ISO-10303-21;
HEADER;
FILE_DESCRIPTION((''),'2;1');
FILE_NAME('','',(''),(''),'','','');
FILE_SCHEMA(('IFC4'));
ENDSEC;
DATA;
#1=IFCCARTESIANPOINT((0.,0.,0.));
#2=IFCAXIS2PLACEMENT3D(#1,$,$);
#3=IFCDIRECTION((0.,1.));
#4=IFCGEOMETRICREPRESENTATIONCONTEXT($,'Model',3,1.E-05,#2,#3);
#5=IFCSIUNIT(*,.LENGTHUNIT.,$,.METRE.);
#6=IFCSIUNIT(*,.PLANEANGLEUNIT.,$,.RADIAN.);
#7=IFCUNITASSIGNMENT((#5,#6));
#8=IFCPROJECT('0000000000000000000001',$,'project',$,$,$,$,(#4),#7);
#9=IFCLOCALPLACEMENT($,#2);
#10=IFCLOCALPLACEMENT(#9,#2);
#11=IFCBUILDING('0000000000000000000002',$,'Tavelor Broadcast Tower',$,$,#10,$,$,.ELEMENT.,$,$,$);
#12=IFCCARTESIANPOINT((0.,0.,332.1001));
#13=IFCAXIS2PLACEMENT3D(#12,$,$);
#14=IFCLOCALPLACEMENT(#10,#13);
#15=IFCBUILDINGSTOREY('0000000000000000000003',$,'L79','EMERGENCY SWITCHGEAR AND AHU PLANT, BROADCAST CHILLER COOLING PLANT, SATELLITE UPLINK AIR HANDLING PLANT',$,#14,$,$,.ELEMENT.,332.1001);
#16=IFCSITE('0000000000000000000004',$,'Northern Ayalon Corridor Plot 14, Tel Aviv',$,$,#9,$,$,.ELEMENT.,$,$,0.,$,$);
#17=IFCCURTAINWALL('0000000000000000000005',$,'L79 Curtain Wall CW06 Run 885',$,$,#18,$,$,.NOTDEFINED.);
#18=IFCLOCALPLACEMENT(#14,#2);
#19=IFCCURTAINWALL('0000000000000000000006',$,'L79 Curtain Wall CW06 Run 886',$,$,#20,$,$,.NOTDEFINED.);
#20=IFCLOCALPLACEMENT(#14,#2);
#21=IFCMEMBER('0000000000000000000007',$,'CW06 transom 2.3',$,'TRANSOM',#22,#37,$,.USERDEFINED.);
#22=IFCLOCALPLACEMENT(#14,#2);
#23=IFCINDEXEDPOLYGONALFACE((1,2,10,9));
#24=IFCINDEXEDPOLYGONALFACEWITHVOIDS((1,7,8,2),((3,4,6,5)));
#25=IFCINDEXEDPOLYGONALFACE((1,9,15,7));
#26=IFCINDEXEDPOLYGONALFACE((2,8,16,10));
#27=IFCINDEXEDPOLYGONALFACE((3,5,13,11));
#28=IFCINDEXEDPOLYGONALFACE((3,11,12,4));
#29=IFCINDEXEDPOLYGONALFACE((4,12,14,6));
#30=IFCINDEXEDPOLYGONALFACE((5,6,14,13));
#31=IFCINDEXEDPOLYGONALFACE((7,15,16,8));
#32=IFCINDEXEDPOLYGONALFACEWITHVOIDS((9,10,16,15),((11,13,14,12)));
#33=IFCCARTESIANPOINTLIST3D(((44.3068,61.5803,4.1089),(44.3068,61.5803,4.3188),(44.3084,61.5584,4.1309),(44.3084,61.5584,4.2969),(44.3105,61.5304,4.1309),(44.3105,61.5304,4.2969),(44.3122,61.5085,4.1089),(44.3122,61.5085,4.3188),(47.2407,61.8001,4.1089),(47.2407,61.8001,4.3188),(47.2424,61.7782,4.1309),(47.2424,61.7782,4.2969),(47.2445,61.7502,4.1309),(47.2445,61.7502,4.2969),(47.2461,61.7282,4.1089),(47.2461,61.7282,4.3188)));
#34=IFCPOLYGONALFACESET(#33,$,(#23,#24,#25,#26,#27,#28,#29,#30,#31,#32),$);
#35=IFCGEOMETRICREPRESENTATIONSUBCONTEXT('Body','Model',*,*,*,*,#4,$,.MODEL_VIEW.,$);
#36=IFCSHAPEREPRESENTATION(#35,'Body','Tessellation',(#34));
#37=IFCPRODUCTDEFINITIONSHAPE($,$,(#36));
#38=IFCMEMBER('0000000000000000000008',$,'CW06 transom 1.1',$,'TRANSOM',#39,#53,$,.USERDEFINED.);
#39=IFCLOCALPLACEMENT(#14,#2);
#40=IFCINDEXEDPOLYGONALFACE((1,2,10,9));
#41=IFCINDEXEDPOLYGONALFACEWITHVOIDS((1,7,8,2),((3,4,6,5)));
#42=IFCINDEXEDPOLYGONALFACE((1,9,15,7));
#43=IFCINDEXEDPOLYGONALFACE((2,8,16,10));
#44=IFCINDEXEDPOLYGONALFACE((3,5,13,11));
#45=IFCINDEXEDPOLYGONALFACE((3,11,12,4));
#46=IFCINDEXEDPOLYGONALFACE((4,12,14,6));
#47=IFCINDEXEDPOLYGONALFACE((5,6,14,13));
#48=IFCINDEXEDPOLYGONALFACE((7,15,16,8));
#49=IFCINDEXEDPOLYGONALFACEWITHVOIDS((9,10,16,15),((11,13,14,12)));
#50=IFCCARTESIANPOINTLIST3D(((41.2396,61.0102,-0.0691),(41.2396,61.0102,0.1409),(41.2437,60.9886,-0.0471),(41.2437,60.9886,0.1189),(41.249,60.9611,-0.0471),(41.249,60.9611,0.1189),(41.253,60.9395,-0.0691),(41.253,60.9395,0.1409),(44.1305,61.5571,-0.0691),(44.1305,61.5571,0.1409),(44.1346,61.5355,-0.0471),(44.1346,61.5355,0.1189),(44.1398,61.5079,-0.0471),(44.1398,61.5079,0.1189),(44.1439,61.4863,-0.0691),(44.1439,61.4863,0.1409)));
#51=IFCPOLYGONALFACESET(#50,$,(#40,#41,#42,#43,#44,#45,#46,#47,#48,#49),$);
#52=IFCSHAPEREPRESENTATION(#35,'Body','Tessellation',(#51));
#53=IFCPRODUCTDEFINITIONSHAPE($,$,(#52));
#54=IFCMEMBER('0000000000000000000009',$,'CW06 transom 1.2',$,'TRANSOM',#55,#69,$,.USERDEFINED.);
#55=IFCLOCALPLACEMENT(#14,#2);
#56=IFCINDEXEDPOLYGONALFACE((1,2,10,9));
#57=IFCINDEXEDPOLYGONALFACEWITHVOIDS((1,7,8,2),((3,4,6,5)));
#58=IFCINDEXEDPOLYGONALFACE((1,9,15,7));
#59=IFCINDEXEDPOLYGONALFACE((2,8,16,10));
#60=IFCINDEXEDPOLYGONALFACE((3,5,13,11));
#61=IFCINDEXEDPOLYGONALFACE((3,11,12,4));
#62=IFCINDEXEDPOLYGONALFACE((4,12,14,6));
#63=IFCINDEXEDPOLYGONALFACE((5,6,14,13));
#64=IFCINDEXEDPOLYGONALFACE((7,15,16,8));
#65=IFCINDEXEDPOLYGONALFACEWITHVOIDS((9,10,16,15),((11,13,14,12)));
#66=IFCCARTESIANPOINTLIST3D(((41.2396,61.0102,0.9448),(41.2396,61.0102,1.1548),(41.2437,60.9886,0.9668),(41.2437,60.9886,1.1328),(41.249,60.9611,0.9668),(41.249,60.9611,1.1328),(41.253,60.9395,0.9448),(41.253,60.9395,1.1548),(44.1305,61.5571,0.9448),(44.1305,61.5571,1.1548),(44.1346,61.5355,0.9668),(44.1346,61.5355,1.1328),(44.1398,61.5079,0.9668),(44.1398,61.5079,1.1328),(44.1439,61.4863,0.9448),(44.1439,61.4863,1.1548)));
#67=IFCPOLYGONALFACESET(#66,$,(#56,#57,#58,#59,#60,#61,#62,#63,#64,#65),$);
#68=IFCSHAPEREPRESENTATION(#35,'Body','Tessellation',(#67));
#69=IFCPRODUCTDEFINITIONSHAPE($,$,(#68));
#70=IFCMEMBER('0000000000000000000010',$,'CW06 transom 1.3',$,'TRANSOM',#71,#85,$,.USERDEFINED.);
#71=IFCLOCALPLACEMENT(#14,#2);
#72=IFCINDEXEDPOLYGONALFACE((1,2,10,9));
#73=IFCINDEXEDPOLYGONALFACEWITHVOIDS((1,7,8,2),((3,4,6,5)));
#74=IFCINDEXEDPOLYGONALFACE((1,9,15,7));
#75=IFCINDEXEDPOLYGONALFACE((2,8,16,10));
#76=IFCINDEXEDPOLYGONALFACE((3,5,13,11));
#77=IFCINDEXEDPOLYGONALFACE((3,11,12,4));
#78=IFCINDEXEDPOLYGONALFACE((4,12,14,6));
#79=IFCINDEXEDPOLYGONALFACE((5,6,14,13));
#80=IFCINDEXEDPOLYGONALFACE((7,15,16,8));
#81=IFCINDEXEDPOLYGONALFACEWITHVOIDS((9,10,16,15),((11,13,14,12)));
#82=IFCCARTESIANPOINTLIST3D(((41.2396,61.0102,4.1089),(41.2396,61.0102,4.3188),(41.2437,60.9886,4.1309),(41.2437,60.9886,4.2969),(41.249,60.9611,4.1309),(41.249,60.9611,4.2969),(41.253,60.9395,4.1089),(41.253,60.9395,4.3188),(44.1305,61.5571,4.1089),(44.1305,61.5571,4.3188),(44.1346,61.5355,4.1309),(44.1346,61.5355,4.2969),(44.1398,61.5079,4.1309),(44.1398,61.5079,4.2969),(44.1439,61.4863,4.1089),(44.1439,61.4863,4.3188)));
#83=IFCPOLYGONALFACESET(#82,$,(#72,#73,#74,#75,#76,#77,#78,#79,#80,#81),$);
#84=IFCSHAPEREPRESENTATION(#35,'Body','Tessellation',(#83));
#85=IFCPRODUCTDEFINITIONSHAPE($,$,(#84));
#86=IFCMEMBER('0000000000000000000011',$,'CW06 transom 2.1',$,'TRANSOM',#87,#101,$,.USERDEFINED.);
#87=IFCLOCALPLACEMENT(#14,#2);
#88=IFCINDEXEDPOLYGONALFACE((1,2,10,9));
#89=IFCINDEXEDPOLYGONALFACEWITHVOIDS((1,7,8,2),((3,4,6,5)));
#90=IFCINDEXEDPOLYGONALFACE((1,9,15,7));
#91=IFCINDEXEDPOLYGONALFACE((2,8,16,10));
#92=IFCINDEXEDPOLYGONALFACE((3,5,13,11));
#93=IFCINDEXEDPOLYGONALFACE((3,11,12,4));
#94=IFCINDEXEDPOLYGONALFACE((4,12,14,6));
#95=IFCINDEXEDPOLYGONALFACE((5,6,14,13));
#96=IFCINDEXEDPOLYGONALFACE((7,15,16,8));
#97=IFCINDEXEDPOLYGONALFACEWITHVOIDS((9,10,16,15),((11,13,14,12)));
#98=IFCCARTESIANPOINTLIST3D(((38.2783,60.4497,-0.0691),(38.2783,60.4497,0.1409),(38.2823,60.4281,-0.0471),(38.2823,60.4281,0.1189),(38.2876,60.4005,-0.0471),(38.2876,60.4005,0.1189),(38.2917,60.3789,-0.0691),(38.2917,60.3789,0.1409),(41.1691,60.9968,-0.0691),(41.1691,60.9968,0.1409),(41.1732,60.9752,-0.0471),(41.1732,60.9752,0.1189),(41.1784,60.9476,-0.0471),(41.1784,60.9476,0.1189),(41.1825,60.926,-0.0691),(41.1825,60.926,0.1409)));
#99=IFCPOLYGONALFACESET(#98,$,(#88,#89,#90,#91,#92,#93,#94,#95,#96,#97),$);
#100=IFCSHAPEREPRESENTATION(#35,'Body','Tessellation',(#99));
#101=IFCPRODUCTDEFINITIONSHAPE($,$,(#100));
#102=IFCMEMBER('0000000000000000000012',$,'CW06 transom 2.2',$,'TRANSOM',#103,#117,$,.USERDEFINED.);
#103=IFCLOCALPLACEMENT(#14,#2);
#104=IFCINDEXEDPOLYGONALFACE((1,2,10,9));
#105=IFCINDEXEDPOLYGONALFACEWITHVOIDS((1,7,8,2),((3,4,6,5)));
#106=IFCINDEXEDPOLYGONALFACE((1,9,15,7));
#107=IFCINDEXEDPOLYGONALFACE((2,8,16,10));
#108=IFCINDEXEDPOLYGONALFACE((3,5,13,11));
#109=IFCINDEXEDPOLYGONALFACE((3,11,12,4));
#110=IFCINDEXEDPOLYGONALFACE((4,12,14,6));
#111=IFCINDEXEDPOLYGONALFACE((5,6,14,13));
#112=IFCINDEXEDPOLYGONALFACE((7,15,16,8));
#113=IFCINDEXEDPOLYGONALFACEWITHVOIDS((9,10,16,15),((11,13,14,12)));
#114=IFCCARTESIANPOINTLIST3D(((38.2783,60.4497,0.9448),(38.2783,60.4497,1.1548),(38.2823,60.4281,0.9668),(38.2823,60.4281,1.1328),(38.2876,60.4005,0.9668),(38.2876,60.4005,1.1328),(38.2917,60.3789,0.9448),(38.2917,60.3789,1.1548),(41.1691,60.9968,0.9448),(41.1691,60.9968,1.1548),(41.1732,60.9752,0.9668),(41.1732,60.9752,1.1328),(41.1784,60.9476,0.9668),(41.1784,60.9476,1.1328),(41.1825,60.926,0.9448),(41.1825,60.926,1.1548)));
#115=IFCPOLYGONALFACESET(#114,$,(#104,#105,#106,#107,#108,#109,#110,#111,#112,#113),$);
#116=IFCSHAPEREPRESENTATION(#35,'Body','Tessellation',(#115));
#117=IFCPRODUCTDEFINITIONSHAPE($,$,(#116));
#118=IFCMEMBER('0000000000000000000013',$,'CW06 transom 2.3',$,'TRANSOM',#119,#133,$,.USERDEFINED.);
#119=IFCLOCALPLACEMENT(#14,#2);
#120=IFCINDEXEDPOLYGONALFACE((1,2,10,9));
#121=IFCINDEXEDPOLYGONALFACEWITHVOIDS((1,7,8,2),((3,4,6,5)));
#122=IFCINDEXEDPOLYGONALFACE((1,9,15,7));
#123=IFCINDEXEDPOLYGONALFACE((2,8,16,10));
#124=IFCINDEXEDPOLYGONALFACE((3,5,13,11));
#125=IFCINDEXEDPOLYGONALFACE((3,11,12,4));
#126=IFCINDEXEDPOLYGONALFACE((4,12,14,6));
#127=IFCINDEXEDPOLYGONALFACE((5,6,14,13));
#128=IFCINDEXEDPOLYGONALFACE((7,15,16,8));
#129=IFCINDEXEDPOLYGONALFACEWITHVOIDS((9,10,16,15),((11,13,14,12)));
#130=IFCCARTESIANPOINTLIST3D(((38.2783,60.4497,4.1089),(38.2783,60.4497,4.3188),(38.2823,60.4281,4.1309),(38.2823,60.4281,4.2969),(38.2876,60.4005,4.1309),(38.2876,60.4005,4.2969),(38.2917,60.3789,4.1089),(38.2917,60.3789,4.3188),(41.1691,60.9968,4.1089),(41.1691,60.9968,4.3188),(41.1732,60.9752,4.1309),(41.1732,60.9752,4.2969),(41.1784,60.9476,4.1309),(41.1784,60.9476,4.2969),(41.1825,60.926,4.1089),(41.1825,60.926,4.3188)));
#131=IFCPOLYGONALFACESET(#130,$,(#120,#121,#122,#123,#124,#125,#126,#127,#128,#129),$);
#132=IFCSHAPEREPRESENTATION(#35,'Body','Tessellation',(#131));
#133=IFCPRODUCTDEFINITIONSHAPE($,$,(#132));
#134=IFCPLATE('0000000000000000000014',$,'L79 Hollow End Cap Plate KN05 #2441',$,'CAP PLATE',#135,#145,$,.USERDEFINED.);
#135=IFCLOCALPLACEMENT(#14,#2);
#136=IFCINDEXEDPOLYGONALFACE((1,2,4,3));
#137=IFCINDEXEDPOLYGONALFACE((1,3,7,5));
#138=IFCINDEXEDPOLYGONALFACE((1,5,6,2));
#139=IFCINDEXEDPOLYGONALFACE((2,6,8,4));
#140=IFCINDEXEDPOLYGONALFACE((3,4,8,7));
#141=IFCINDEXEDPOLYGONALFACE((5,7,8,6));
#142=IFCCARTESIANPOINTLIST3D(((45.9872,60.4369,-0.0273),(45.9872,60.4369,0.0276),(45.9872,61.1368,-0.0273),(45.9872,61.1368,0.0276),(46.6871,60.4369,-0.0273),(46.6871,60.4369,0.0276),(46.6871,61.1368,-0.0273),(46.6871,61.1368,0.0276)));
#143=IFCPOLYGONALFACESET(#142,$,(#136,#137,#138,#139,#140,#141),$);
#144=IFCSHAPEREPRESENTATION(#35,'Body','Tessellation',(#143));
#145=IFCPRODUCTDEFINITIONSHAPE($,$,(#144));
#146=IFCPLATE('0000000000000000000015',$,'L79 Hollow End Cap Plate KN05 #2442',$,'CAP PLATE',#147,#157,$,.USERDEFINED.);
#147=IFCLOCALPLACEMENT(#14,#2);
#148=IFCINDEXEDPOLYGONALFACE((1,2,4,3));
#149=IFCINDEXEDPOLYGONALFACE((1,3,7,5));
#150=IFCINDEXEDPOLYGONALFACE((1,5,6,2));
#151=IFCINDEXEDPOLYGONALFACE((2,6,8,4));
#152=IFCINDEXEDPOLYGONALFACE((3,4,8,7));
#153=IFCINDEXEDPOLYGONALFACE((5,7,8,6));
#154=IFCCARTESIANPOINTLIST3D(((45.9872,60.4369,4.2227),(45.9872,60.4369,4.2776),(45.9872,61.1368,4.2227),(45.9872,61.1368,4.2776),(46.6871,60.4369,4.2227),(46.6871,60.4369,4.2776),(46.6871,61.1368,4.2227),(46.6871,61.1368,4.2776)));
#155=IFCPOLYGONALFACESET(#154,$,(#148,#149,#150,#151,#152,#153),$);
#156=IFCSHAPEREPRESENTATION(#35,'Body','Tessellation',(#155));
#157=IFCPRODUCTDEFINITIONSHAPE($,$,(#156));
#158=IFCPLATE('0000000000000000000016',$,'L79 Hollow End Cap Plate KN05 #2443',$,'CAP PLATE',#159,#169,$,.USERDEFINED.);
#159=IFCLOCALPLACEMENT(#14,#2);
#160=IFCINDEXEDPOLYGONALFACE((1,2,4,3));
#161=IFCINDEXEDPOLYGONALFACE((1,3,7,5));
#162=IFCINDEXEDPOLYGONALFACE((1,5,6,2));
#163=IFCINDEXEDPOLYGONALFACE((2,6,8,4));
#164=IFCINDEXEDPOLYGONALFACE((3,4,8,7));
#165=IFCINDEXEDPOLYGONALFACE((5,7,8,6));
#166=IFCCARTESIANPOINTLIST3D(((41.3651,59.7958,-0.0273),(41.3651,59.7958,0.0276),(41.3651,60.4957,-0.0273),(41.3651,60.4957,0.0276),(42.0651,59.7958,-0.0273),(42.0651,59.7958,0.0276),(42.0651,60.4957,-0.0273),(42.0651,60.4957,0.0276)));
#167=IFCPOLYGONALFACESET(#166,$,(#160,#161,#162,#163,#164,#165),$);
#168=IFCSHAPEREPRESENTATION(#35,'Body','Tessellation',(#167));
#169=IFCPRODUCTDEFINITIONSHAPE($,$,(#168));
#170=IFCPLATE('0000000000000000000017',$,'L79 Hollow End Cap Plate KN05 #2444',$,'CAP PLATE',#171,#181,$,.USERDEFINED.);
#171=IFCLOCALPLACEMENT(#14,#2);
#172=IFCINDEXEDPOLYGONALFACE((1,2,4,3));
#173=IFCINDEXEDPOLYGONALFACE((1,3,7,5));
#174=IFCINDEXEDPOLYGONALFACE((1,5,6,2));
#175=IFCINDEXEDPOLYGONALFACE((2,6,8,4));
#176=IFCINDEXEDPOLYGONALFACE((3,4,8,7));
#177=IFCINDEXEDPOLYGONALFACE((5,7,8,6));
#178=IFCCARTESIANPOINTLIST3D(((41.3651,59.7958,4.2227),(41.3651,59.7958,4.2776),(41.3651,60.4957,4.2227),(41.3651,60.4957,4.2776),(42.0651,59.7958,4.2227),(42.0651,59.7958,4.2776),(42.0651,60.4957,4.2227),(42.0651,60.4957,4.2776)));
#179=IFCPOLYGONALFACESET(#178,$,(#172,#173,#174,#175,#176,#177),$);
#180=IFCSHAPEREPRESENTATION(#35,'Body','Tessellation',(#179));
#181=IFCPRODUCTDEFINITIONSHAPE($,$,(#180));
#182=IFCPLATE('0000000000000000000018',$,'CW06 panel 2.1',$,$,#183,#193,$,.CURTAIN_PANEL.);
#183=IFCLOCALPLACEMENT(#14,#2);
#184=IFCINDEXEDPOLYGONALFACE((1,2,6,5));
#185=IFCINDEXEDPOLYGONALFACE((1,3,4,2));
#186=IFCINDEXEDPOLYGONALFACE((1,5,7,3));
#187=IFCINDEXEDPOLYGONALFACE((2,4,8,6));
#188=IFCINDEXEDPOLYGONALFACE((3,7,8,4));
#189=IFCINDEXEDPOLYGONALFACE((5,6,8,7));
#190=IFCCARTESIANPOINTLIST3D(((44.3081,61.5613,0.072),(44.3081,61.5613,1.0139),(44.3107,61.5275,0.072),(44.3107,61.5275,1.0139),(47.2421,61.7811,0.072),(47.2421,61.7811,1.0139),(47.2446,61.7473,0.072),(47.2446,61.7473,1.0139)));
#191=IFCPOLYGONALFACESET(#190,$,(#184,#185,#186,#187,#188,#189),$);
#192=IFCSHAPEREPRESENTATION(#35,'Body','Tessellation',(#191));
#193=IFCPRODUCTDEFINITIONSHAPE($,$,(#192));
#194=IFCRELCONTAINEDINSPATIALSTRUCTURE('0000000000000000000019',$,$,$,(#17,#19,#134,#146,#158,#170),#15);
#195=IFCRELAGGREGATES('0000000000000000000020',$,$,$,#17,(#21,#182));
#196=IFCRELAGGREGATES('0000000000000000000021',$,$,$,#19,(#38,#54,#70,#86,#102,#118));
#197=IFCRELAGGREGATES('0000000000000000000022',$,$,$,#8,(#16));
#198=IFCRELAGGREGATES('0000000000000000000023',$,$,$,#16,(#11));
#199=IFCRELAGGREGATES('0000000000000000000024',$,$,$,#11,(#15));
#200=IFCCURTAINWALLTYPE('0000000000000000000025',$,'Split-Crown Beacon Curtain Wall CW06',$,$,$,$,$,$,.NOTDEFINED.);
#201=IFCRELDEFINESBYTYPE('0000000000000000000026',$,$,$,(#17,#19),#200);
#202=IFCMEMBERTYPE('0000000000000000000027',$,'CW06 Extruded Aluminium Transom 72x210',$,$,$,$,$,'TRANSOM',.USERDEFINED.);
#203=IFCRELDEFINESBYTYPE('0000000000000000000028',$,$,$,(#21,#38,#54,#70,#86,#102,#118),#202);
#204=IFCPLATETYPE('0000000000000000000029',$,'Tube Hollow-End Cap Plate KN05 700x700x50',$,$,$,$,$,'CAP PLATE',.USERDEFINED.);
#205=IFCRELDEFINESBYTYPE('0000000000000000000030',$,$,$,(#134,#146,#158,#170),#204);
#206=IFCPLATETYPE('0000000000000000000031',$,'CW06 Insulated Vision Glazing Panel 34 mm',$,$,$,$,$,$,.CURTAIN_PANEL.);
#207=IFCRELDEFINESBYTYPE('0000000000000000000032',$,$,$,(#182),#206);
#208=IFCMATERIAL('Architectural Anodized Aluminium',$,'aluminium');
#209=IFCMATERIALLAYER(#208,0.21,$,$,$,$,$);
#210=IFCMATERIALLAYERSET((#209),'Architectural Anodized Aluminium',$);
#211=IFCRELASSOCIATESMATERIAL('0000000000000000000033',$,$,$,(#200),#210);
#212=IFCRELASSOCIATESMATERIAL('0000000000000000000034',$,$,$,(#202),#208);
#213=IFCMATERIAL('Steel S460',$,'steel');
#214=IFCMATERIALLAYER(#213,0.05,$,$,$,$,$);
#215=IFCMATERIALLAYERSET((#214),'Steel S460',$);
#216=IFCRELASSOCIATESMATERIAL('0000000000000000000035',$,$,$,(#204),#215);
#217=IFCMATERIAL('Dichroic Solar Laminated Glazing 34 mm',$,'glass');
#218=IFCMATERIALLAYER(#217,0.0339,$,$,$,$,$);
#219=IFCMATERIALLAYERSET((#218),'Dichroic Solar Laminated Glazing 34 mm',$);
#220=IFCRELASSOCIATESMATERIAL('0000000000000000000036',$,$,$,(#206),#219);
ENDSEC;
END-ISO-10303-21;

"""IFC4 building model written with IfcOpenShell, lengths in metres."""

from ifc_helpers import new_model, si_unit, direction, frame, origin, origin_2d, place, context, subcontext, project, spatial, rectangle, hollow_rectangle, extrude, source, transform, mapped, material, layer, layer_set, material_profile, profile_set, type_object, type_shapes, element, aggregate, save


model = new_model("IFC4")

# Units and contexts
model_context = context("Model", 3, precision=1e-05, world=origin(), true_north=direction((0.0, 1.0)))
body_context = subcontext(model_context, "Body", "Model", "MODEL_VIEW")
ifc_project = project(units=[si_unit("LENGTHUNIT", "METRE"), si_unit("PLANEANGLEUNIT", "RADIAN")], contexts=[model_context])

# Site, building, storey
site_placement = place(None, origin())
site = spatial("IfcSite", under=ifc_project, at=site_placement, Name="Northern Ayalon Corridor Plot 14, Tel Aviv", CompositionType="ELEMENT", RefElevation=0.0)
building_placement = place(site_placement, origin())
building = spatial("IfcBuilding", under=site, at=building_placement, Name="Tavelor Broadcast Tower", CompositionType="ELEMENT")
storey_placement = place(building_placement, frame((0.0, 0.0, 332.1001)))
storey = spatial("IfcBuildingStorey", under=building, at=storey_placement, Name="L79", Description="EMERGENCY SWITCHGEAR AND AHU PLANT, BROADCAST CHILLER COOLING PLANT, SATELLITE UPLINK AIR HANDLING PLANT", CompositionType="ELEMENT", Elevation=332.1001)

# Curtain wall
ifc_material_1 = material(Name="Architectural Anodized Aluminium", Category="aluminium")
ifc_layer_1 = layer(ifc_material_1, 0.21)
ifc_layer_set_1 = layer_set([ifc_layer_1], Name="Architectural Anodized Aluminium")
curtain_wall_type = type_object("IfcCurtainWallType", Name="Split-Crown Beacon Curtain Wall CW06", PredefinedType="NOTDEFINED", material=ifc_layer_set_1)
curtain_wall_1_placement = place(storey_placement, origin())
curtain_wall_1 = element("IfcCurtainWall", 1, at=curtain_wall_1_placement, inside=storey, type_object=curtain_wall_type, Name="L79 Curtain Wall CW06 Run 885", PredefinedType="NOTDEFINED")

# Curtain wall
curtain_wall_2_placement = place(storey_placement, origin())
curtain_wall_2 = element("IfcCurtainWall", 2, at=curtain_wall_2_placement, inside=storey, type_object=curtain_wall_type, Name="L79 Curtain Wall CW06 Run 886", PredefinedType="NOTDEFINED")

# Members
ifc_material_profile_1 = material_profile(ifc_material_1, hollow_rectangle(XDim=0.072, YDim=0.21, WallThickness=0.022, at=origin_2d()), Name="RHS 72x210x22")
ifc_profile_set_1 = profile_set([ifc_material_profile_1], Name="Architectural Anodized Aluminium")
member_type_1 = type_object("IfcMemberType", Name="CW06 Extruded Aluminium Transom 72x210", ElementType="TRANSOM", PredefinedType="USERDEFINED", material=ifc_profile_set_1)
shared_shape_1 = source(origin(), body_context, "Body", "SweptSolid", [
    extrude(hollow_rectangle(XDim=0.072, YDim=0.21, WallThickness=0.022, at=origin_2d()), origin(), (0.0, 0.0, 1.0), 2.9421),
])
type_shapes(member_type_1, [shared_shape_1])
member_1_placement = place(storey_placement, frame((47.2434, 61.7642, 4.2139), z_axis=(-0.997207, -0.074685, 0.0), x_axis=(0.074685, -0.997207, 0.0)))
member_1 = element("IfcMember", 3, at=member_1_placement, type_object=member_type_1, Name="CW06 transom 2.3", ObjectType="TRANSOM", PredefinedType="USERDEFINED", context=body_context, shape_type="MappedRepresentation", body=[
    mapped(shared_shape_1, transform((0.0, 0.0, 0.0), scale=1.0)),
])
member_2_placement = place(storey_placement, frame((44.1372, 61.5217, 0.0359), z_axis=(-0.982573, -0.185877, 0.0), x_axis=(0.185877, -0.982573, 0.0)))
member_2 = element("IfcMember", 4, at=member_2_placement, type_object=member_type_1, Name="CW06 transom 1.1", ObjectType="TRANSOM", PredefinedType="USERDEFINED", context=body_context, shape_type="MappedRepresentation", body=[
    mapped(shared_shape_1, transform((0.0, 0.0, 0.0), scale=1.0)),
])
member_3_placement = place(storey_placement, frame((44.1372, 61.5217, 1.0498), z_axis=(-0.982573, -0.185877, 0.0), x_axis=(0.185877, -0.982573, 0.0)))
member_3 = element("IfcMember", 5, at=member_3_placement, type_object=member_type_1, Name="CW06 transom 1.2", ObjectType="TRANSOM", PredefinedType="USERDEFINED", context=body_context, shape_type="MappedRepresentation", body=[
    mapped(shared_shape_1, transform((0.0, 0.0, 0.0), scale=1.0)),
])
member_4_placement = place(storey_placement, frame((44.1372, 61.5217, 4.2139), z_axis=(-0.982573, -0.185877, 0.0), x_axis=(0.185877, -0.982573, 0.0)))
member_4 = element("IfcMember", 6, at=member_4_placement, type_object=member_type_1, Name="CW06 transom 1.3", ObjectType="TRANSOM", PredefinedType="USERDEFINED", context=body_context, shape_type="MappedRepresentation", body=[
    mapped(shared_shape_1, transform((0.0, 0.0, 0.0), scale=1.0)),
])
member_5_placement = place(storey_placement, frame((41.1758, 60.9614, 0.0359), z_axis=(-0.982558, -0.185957, 0.0), x_axis=(0.185957, -0.982558, 0.0)))
member_5 = element("IfcMember", 7, at=member_5_placement, type_object=member_type_1, Name="CW06 transom 2.1", ObjectType="TRANSOM", PredefinedType="USERDEFINED", context=body_context, shape_type="MappedRepresentation", body=[
    mapped(shared_shape_1, transform((0.0, 0.0, 0.0), scale=1.0)),
])
member_6_placement = place(storey_placement, frame((41.1758, 60.9614, 1.0498), z_axis=(-0.982558, -0.185957, 0.0), x_axis=(0.185957, -0.982558, 0.0)))
member_6 = element("IfcMember", 8, at=member_6_placement, type_object=member_type_1, Name="CW06 transom 2.2", ObjectType="TRANSOM", PredefinedType="USERDEFINED", context=body_context, shape_type="MappedRepresentation", body=[
    mapped(shared_shape_1, transform((0.0, 0.0, 0.0), scale=1.0)),
])
member_7_placement = place(storey_placement, frame((41.1758, 60.9614, 4.2139), z_axis=(-0.982558, -0.185957, 0.0), x_axis=(0.185957, -0.982558, 0.0)))
member_7 = element("IfcMember", 9, at=member_7_placement, type_object=member_type_1, Name="CW06 transom 2.3", ObjectType="TRANSOM", PredefinedType="USERDEFINED", context=body_context, shape_type="MappedRepresentation", body=[
    mapped(shared_shape_1, transform((0.0, 0.0, 0.0), scale=1.0)),
])

# Plates
ifc_material_2 = material(Name="Steel S460", Category="steel")
ifc_layer_2 = layer(ifc_material_2, 0.05)
ifc_layer_set_2 = layer_set([ifc_layer_2], Name="Steel S460")
plate_type_1 = type_object("IfcPlateType", Name="Tube Hollow-End Cap Plate KN05 700x700x50", ElementType="CAP PLATE", PredefinedType="USERDEFINED", material=ifc_layer_set_2)
shared_shape_2 = source(origin(), body_context, "Body", "SweptSolid", [
    extrude(rectangle(XDim=0.7, YDim=0.7, at=origin_2d()), origin(), (0.0, 0.0, 1.0), 0.0549),
])
type_shapes(plate_type_1, [shared_shape_2])
for number, where, z_axis, x_axis, name in (
    (10, (46.3372, 60.7869, -0.0273), (0.0, 0.0, 1.0), (1.0, 0.0, 0.0), "L79 Hollow End Cap Plate KN05 #2441"),
    (11, (46.3372, 60.7869, 4.2227), (0.0, 0.0, 1.0), (1.0, 0.0, 0.0), "L79 Hollow End Cap Plate KN05 #2442"),
    (12, (41.7151, 60.1458, -0.0273), (0.0, 0.0, 1.0), (1.0, 0.0, 0.0), "L79 Hollow End Cap Plate KN05 #2443"),
    (13, (41.7151, 60.1458, 4.2227), (0.0, 0.0, 1.0), (1.0, 0.0, 0.0), "L79 Hollow End Cap Plate KN05 #2444"),
):
    element("IfcPlate", number, at=place(storey_placement, frame(where, z_axis=z_axis, x_axis=x_axis)), inside=storey, type_object=plate_type_1, Name=name, ObjectType="CAP PLATE", PredefinedType="USERDEFINED", context=body_context, shape_type="MappedRepresentation", body=[
        mapped(shared_shape_2, transform((0.0, 0.0, 0.0), scale=1.0)),
    ])

# Plate
ifc_material_3 = material(Name="Dichroic Solar Laminated Glazing 34 mm", Category="glass")
ifc_layer_3 = layer(ifc_material_3, 0.0339)
ifc_layer_set_3 = layer_set([ifc_layer_3], Name="Dichroic Solar Laminated Glazing 34 mm")
plate_type_2 = type_object("IfcPlateType", Name="CW06 Insulated Vision Glazing Panel 34 mm", PredefinedType="CURTAIN_PANEL", material=ifc_layer_set_3)
shared_shape_3 = source(origin(), body_context, "Body", "SweptSolid", [
    extrude(rectangle(XDim=2.9421, YDim=0.0339, at=origin_2d()), origin(), (0.0, 0.0, 1.0), 0.9419),
])
plate_1_placement = place(storey_placement, frame((45.7764, 61.6543, 0.072), z_axis=(0.0, 0.0, 1.0), x_axis=(-0.997206, -0.074701, 0.0)))
plate_1 = element("IfcPlate", 14, at=plate_1_placement, type_object=plate_type_2, Name="CW06 panel 2.1", PredefinedType="CURTAIN_PANEL", context=body_context, shape_type="MappedRepresentation", body=[
    mapped(shared_shape_3, transform((0.0, 0.0, 0.0), scale=1.0)),
])
aggregate(curtain_wall_1, [member_1, plate_1])
aggregate(curtain_wall_2, [member_2, member_3, member_4, member_5, member_6, member_7])

save(model, "model.ifc")
